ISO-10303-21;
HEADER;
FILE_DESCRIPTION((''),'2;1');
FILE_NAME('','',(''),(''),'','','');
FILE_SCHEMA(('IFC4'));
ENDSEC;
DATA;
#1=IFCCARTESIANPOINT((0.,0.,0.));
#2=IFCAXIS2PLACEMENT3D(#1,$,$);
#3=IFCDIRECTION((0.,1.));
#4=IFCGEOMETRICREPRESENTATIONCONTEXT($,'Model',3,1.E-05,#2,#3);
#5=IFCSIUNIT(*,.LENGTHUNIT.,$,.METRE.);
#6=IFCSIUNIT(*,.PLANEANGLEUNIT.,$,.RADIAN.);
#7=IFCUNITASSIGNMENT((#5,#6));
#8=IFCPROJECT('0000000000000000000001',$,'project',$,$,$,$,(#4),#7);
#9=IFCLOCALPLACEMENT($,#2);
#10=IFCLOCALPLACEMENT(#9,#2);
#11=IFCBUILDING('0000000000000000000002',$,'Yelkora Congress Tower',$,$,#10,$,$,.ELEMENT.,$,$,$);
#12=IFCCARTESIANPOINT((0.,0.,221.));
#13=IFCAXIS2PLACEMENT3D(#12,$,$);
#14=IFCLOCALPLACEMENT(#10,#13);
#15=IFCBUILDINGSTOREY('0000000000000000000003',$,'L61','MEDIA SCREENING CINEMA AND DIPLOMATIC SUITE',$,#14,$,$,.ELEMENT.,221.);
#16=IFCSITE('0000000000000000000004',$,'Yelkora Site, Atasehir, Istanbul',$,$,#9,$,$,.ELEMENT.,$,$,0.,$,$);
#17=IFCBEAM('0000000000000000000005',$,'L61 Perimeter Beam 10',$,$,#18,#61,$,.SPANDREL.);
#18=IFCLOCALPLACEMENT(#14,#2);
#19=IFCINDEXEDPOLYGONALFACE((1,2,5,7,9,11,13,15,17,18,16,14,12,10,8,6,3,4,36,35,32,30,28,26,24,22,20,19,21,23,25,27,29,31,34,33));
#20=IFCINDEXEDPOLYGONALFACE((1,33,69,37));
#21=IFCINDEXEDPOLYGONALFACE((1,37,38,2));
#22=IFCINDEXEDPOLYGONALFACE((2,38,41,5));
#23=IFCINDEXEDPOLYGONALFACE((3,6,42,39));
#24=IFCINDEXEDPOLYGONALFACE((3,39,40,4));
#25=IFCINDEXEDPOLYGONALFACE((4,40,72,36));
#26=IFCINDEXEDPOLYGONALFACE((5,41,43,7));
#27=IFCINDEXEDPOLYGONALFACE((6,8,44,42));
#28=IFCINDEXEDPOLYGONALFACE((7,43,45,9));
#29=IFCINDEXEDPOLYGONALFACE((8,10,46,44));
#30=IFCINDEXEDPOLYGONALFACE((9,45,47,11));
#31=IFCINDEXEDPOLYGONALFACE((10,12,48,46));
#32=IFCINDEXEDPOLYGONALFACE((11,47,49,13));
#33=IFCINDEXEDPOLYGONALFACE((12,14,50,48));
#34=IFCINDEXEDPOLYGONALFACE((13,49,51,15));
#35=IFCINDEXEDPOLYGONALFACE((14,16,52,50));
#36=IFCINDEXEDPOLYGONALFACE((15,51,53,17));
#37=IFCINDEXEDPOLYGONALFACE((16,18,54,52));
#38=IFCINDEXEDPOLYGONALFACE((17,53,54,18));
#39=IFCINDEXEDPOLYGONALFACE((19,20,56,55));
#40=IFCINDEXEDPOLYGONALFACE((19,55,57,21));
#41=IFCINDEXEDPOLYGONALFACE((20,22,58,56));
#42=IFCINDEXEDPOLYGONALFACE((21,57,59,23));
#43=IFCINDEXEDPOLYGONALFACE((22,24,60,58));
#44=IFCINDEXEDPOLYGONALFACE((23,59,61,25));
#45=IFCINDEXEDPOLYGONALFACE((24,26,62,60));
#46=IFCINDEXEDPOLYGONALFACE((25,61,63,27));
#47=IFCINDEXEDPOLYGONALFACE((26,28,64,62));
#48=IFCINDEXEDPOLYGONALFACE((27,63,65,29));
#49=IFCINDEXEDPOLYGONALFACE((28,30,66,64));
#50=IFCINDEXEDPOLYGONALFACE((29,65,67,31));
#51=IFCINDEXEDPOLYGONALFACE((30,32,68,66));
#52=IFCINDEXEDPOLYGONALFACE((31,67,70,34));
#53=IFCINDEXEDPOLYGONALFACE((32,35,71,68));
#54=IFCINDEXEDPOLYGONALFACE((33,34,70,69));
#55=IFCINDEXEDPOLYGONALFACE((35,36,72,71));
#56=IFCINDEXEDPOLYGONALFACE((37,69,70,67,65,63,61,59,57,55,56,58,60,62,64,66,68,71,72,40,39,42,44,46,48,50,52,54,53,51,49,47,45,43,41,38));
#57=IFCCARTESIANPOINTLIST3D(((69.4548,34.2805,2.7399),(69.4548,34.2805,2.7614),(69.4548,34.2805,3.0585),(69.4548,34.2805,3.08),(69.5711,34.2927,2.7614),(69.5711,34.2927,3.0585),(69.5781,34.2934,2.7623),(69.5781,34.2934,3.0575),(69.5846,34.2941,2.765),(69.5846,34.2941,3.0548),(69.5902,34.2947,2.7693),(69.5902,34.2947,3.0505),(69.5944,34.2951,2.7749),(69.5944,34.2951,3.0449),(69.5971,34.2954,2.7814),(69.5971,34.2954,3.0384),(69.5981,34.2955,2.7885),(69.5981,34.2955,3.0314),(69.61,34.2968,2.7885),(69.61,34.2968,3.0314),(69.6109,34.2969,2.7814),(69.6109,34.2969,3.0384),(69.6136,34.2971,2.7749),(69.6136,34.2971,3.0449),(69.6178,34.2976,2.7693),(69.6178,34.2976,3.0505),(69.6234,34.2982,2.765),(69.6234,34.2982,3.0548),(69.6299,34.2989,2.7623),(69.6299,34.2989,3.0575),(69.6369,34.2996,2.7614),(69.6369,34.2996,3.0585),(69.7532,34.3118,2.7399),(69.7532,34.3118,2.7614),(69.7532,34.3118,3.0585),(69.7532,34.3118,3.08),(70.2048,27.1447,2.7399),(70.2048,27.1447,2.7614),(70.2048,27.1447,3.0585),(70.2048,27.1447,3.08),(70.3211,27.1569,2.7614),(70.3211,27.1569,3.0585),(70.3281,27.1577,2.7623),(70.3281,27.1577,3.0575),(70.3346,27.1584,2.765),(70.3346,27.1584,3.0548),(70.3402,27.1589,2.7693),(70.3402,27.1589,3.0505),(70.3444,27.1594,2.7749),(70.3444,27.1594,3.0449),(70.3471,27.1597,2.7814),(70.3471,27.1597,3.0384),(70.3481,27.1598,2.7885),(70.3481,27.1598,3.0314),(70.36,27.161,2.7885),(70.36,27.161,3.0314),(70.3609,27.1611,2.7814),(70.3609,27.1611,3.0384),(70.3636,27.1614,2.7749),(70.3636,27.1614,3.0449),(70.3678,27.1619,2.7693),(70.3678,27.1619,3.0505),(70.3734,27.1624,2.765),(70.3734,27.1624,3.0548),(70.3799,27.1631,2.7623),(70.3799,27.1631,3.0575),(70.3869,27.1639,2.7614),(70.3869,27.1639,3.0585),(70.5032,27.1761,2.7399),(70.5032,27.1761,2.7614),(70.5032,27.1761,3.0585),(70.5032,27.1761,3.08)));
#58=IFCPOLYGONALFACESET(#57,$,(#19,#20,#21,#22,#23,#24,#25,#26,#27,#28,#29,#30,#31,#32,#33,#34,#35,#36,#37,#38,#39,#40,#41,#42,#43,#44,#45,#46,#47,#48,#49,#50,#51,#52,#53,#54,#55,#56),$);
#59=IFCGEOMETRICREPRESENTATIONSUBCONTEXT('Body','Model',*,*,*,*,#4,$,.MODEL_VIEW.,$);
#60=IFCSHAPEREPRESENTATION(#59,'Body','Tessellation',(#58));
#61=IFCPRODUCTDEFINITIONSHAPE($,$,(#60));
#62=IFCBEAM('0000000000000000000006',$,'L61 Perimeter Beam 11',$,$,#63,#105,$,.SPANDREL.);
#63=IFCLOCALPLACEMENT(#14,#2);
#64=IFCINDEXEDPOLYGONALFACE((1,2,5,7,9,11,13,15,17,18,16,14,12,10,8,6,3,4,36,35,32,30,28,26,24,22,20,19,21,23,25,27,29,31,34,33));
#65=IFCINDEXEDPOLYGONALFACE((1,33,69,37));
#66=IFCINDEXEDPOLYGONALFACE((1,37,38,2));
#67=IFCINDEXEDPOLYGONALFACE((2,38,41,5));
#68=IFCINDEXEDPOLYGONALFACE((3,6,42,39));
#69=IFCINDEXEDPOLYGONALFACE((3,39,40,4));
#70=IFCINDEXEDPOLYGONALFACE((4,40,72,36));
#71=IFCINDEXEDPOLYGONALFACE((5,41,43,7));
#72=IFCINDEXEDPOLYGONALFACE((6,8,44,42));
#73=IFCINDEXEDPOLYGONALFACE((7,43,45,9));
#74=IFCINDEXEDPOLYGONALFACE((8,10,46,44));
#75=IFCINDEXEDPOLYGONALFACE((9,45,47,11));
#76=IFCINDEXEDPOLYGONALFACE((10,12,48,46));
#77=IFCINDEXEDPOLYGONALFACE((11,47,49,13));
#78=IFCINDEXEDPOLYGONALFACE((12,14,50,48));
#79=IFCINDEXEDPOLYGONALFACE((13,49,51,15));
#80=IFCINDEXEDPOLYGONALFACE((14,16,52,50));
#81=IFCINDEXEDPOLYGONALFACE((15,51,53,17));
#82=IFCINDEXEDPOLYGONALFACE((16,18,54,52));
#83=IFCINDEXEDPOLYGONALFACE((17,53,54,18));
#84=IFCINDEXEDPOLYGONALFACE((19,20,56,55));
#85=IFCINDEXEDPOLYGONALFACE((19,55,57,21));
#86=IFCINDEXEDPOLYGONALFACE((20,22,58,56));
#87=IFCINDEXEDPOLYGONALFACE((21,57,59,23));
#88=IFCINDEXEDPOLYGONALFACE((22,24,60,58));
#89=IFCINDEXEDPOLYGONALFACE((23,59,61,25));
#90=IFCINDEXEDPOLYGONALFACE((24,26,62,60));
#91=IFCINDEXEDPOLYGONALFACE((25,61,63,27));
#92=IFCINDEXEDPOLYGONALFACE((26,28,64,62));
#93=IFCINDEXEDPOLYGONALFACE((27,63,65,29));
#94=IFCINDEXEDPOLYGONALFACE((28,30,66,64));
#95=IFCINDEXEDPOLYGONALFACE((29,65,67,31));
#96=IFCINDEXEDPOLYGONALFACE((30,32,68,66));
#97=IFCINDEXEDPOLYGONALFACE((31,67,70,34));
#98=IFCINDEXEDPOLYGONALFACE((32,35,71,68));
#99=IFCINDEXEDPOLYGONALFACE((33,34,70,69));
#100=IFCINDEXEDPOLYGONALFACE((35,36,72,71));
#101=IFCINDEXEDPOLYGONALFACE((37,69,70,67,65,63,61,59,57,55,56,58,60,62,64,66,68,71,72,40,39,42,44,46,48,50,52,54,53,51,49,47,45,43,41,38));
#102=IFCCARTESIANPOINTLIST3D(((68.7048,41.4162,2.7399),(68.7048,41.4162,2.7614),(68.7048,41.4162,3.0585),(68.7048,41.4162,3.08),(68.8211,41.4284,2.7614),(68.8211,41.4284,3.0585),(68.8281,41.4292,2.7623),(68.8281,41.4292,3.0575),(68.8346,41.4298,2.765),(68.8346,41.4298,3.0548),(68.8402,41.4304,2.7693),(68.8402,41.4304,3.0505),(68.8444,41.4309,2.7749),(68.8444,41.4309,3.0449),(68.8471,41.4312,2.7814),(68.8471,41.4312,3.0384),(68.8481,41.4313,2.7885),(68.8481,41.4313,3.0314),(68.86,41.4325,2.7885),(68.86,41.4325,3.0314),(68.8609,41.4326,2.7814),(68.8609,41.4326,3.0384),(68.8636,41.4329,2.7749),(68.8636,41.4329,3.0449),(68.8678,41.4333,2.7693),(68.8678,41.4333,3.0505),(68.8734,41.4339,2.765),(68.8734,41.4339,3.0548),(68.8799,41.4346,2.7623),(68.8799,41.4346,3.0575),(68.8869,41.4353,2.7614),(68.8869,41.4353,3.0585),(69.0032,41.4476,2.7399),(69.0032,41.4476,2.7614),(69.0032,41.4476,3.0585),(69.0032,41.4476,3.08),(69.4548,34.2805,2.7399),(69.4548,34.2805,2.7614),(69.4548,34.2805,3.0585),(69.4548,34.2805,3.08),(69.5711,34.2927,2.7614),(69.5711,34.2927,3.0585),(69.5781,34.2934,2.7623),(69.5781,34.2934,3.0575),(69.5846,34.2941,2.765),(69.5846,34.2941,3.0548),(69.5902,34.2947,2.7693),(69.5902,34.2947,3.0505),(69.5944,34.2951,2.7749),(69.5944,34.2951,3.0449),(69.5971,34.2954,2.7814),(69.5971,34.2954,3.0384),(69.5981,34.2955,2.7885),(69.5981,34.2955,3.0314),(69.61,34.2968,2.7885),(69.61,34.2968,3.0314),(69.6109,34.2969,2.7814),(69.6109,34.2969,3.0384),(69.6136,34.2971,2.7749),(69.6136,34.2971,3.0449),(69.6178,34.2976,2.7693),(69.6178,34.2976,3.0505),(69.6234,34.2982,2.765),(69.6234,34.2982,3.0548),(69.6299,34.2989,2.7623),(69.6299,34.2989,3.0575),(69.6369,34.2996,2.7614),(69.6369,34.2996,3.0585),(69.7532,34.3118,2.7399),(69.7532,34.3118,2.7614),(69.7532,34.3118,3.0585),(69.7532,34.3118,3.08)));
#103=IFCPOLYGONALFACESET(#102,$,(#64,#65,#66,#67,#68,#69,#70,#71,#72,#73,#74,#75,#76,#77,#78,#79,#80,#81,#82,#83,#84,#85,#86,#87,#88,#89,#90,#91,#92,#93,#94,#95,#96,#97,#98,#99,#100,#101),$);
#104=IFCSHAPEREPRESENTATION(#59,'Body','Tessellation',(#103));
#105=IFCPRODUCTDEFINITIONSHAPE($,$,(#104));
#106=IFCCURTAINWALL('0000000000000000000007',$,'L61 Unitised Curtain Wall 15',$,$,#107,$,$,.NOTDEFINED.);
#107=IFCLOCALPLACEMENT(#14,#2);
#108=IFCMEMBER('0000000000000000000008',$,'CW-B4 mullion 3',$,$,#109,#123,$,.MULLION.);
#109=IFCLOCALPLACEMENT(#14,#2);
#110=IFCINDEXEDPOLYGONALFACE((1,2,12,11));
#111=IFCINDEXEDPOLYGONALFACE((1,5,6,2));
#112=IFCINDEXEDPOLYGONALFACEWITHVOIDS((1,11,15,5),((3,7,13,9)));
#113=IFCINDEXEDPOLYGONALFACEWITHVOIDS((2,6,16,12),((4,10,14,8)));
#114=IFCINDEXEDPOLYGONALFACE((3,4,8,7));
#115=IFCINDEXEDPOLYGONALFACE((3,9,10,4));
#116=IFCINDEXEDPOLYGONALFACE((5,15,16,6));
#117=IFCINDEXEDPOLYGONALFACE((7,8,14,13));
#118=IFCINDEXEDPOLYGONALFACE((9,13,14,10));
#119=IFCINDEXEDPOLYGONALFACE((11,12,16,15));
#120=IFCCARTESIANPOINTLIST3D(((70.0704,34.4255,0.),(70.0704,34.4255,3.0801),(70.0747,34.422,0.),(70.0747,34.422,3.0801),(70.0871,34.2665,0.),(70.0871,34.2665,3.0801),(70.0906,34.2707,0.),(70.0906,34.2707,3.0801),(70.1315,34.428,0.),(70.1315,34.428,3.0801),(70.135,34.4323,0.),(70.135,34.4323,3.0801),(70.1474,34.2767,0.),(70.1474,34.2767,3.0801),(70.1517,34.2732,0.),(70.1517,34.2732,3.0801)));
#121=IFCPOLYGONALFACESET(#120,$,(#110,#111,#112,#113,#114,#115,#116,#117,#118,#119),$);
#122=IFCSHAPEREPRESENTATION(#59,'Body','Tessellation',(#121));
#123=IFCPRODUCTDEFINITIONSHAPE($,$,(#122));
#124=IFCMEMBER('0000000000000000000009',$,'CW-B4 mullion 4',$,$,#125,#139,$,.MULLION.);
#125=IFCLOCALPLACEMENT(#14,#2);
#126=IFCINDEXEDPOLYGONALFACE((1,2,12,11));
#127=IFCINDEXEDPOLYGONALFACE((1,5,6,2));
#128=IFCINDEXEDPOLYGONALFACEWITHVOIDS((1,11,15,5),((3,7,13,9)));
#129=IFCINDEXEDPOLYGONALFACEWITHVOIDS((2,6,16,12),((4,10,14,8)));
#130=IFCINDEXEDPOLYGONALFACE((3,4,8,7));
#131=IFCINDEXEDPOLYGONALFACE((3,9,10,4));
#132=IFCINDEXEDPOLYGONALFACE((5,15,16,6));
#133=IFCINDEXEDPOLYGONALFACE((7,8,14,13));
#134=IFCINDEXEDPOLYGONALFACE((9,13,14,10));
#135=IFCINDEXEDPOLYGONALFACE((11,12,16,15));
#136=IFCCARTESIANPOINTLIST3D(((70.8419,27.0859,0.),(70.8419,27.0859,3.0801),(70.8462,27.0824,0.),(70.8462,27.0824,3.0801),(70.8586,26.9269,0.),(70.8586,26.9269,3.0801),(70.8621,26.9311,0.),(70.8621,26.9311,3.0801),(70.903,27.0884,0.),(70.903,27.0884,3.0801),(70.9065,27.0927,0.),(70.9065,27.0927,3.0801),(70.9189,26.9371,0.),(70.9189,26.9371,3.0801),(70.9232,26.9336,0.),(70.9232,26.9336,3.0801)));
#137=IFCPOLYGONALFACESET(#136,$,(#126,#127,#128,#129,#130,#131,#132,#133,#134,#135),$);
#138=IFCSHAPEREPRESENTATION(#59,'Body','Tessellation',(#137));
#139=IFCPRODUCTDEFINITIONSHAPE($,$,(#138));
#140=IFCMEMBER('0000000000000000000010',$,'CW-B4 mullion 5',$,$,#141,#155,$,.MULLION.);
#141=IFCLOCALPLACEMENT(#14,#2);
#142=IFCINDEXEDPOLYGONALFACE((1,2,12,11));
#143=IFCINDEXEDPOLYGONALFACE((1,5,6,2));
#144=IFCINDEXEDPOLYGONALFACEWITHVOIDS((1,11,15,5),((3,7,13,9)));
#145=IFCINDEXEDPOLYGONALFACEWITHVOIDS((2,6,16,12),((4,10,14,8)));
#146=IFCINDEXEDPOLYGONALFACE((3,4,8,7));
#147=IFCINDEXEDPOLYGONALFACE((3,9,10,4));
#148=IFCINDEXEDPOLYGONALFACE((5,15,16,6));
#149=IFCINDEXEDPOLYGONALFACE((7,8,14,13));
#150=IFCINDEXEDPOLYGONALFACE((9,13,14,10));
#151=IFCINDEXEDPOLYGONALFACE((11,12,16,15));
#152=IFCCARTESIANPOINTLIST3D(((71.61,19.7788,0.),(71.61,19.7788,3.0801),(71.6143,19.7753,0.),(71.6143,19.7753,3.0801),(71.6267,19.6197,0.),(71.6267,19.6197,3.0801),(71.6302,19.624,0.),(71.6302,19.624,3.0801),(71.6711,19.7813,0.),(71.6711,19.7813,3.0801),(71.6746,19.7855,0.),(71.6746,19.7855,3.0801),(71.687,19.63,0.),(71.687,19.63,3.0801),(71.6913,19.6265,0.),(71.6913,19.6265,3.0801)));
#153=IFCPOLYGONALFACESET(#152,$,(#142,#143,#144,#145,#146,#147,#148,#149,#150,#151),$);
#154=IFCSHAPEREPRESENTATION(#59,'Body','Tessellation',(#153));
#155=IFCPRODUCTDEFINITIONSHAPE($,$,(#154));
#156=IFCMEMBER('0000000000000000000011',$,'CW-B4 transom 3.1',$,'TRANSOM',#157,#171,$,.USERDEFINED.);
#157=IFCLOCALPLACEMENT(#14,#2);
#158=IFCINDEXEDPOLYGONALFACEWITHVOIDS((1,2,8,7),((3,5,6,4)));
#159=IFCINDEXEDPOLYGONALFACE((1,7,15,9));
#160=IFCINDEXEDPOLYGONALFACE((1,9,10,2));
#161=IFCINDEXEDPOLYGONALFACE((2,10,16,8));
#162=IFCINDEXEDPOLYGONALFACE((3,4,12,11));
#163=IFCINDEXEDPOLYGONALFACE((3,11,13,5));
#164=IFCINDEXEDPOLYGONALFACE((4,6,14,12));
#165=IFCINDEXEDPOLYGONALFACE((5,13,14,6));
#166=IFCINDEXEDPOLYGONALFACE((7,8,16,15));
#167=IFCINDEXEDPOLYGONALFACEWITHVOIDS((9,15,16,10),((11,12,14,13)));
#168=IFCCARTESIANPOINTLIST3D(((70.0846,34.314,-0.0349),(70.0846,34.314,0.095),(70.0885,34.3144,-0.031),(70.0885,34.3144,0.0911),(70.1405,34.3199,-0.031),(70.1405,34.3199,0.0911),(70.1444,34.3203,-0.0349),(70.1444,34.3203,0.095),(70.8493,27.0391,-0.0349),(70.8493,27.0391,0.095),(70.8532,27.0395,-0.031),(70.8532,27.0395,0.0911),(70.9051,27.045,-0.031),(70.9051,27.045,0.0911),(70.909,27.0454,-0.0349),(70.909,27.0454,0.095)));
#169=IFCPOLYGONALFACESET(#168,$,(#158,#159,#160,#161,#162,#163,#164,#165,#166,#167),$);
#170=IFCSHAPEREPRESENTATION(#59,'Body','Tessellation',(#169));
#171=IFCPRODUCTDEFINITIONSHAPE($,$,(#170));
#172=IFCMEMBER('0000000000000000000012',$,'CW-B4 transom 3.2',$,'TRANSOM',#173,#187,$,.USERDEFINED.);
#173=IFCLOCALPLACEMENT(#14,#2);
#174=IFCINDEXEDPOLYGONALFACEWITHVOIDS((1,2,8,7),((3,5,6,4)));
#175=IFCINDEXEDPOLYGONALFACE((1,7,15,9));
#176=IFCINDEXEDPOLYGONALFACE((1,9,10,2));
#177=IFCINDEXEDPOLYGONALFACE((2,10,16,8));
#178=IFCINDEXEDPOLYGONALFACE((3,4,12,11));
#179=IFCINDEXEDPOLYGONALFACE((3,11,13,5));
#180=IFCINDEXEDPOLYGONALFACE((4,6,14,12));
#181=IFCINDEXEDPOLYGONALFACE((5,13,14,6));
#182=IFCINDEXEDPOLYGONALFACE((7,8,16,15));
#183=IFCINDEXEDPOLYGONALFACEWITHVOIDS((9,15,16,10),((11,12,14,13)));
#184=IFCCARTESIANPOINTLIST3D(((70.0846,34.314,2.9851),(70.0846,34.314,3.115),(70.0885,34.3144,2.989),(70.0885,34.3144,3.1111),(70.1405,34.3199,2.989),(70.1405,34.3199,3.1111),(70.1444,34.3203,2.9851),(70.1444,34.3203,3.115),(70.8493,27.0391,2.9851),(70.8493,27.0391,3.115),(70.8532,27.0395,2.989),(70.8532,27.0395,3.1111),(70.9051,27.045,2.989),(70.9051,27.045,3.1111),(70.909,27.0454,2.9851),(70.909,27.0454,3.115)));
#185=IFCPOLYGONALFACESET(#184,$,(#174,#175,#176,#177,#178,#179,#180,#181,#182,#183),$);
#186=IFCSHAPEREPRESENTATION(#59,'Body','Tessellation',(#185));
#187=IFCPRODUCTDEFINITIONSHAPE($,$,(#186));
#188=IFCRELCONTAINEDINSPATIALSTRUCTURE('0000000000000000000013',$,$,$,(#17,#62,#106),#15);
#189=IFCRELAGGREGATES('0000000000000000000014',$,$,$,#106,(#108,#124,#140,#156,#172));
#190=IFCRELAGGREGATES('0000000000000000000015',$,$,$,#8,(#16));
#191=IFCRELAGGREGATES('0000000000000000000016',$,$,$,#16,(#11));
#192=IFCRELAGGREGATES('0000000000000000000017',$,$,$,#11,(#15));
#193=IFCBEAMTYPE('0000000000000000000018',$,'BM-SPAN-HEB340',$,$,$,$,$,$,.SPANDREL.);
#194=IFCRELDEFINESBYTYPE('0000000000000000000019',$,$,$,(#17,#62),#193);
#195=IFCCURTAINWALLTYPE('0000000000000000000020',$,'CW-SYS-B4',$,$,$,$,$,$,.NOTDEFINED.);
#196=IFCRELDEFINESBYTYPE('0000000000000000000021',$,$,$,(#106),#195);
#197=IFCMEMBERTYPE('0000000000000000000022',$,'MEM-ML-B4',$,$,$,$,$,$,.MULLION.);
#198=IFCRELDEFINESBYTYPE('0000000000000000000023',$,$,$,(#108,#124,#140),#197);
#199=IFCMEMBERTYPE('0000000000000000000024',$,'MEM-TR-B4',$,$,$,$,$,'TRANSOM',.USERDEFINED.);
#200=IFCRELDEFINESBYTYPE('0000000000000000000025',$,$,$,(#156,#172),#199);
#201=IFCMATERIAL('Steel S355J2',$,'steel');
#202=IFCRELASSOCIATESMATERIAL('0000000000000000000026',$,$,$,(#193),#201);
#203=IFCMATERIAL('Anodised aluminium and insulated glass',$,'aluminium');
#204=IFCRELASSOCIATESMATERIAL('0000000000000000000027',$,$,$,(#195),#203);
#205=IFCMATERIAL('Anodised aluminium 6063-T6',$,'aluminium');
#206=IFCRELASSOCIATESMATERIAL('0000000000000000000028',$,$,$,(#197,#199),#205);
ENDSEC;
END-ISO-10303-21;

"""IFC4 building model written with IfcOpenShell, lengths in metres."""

from ifc_helpers import new_model, si_unit, direction, frame, origin, origin_2d, place, context, subcontext, project, spatial, hollow_rectangle, i_section, extrude, material, material_profile, profile_set, type_object, element, aggregate, save


model = new_model("IFC4")

# Units and contexts
model_context = context("Model", 3, precision=1e-05, world=origin(), true_north=direction((0.0, 1.0)))
body_context = subcontext(model_context, "Body", "Model", "MODEL_VIEW")
ifc_project = project(units=[si_unit("LENGTHUNIT", "METRE"), si_unit("PLANEANGLEUNIT", "RADIAN")], contexts=[model_context])

# Site, building, storey
site_placement = place(None, origin())
site = spatial("IfcSite", under=ifc_project, at=site_placement, Name="Yelkora Site, Atasehir, Istanbul", CompositionType="ELEMENT", RefElevation=0.0)
building_placement = place(site_placement, origin())
building = spatial("IfcBuilding", under=site, at=building_placement, Name="Yelkora Congress Tower", CompositionType="ELEMENT")
storey_placement = place(building_placement, frame((0.0, 0.0, 221.0)))
storey = spatial("IfcBuildingStorey", under=building, at=storey_placement, Name="L61", Description="MEDIA SCREENING CINEMA AND DIPLOMATIC SUITE", CompositionType="ELEMENT", Elevation=221.0)

# Shared definitions
ifc_material_1 = material(Name="Steel S355J2", Category="steel")

# Beams
ifc_material_profile_1 = material_profile(ifc_material_1, i_section(OverallWidth=0.3, OverallDepth=0.3401, WebThickness=0.012, FlangeThickness=0.0215, FilletRadius=0.0271, at=origin_2d()), Name="HEB 340")
ifc_profile_set_1 = profile_set([ifc_material_profile_1], Name="Steel S355J2")
beam_type_1 = type_object("IfcBeamType", Name="BM-SPAN-HEB340", PredefinedType="SPANDREL", material=ifc_profile_set_1)
for number, where, z_axis, x_axis, name in (
    (1, (70.354, 27.1604, 2.9099), (-0.104529, 0.994522, 0.0), (-0.994522, -0.104529, 0.0), "L61 Perimeter Beam 10"),
    (2, (69.604, 34.2961, 2.9099), (-0.104529, 0.994522, 0.0), (-0.994522, -0.104529, 0.0), "L61 Perimeter Beam 11"),
):
    element("IfcBeam", number, at=place(storey_placement, frame(where, z_axis=z_axis, x_axis=x_axis)), inside=storey, type_object=beam_type_1, Name=name, PredefinedType="SPANDREL", context=body_context, shape_type="SweptSolid", body=[
        extrude(i_section(OverallWidth=0.3, OverallDepth=0.3401, WebThickness=0.012, FlangeThickness=0.0215, FilletRadius=0.0271, at=origin_2d()), origin(), (0.0, 0.0, 1.0), 7.175),
    ])

# Curtain wall, members
ifc_material_2 = material(Name="Anodised aluminium and insulated glass", Category="aluminium")
curtain_wall_type = type_object("IfcCurtainWallType", Name="CW-SYS-B4", PredefinedType="NOTDEFINED", material=ifc_material_2)
curtain_wall_placement = place(storey_placement, origin())
curtain_wall = element("IfcCurtainWall", 3, at=curtain_wall_placement, inside=storey, type_object=curtain_wall_type, Name="L61 Unitised Curtain Wall 15", PredefinedType="NOTDEFINED")
ifc_material_3 = material(Name="Anodised aluminium 6063-T6", Category="aluminium")
ifc_material_profile_2 = material_profile(ifc_material_3, hollow_rectangle(XDim=0.0649, YDim=0.1599, WallThickness=0.0039, at=origin_2d()), Name="ALU 65x160x4")
ifc_profile_set_2 = profile_set([ifc_material_profile_2], Name="Anodised aluminium 6063-T6")
member_type_1 = type_object("IfcMemberType", Name="MEM-ML-B4", PredefinedType="MULLION", material=ifc_profile_set_2)
member_1_placement = place(storey_placement, frame((70.1111, 34.3494, 0.0), z_axis=(0.0, 0.0, 1.0), x_axis=(0.994522, 0.104526, 0.0)))
member_1 = element("IfcMember", 4, at=member_1_placement, type_object=member_type_1, Name="CW-B4 mullion 3", PredefinedType="MULLION", context=body_context, shape_type="SweptSolid", body=[
    extrude(hollow_rectangle(XDim=0.0649, YDim=0.1599, WallThickness=0.0039, at=origin_2d()), origin(), (0.0, 0.0, 1.0), 3.0801),
])
member_2_placement = place(storey_placement, frame((70.8826, 27.0098, 0.0), z_axis=(0.0, 0.0, 1.0), x_axis=(0.994522, 0.104526, 0.0)))
member_2 = element("IfcMember", 5, at=member_2_placement, type_object=member_type_1, Name="CW-B4 mullion 4", PredefinedType="MULLION", context=body_context, shape_type="SweptSolid", body=[
    extrude(hollow_rectangle(XDim=0.0649, YDim=0.1599, WallThickness=0.0039, at=origin_2d()), origin(), (0.0, 0.0, 1.0), 3.0801),
])
member_3_placement = place(storey_placement, frame((71.6506, 19.7026, 0.0), z_axis=(0.0, 0.0, 1.0), x_axis=(0.994522, 0.104526, 0.0)))
member_3 = element("IfcMember", 6, at=member_3_placement, type_object=member_type_1, Name="CW-B4 mullion 5", PredefinedType="MULLION", context=body_context, shape_type="SweptSolid", body=[
    extrude(hollow_rectangle(XDim=0.0649, YDim=0.1599, WallThickness=0.0039, at=origin_2d()), origin(), (0.0, 0.0, 1.0), 3.0801),
])
ifc_material_profile_3 = material_profile(ifc_material_3, hollow_rectangle(XDim=0.0601, YDim=0.1299, WallThickness=0.0039, at=origin_2d()), Name="ALU 60x130x4")
ifc_profile_set_3 = profile_set([ifc_material_profile_3], Name="Anodised aluminium 6063-T6")
member_type_2 = type_object("IfcMemberType", Name="MEM-TR-B4", ElementType="TRANSOM", PredefinedType="USERDEFINED", material=ifc_profile_set_3)
member_4_placement = place(storey_placement, frame((70.1145, 34.3171, 0.03), z_axis=(0.104532, -0.994522, 0.0), x_axis=(0.994522, 0.104532, 0.0)))
member_4 = element("IfcMember", 7, at=member_4_placement, type_object=member_type_2, Name="CW-B4 transom 3.1", ObjectType="TRANSOM", PredefinedType="USERDEFINED", context=body_context, shape_type="SweptSolid", body=[
    extrude(hollow_rectangle(XDim=0.0601, YDim=0.1299, WallThickness=0.0039, at=origin_2d()), origin(), (0.0, 0.0, 1.0), 7.3149),
])
member_5_placement = place(storey_placement, frame((70.1145, 34.3171, 3.05), z_axis=(0.104532, -0.994522, 0.0), x_axis=(0.994522, 0.104532, 0.0)))
member_5 = element("IfcMember", 8, at=member_5_placement, type_object=member_type_2, Name="CW-B4 transom 3.2", ObjectType="TRANSOM", PredefinedType="USERDEFINED", context=body_context, shape_type="SweptSolid", body=[
    extrude(hollow_rectangle(XDim=0.0601, YDim=0.1299, WallThickness=0.0039, at=origin_2d()), origin(), (0.0, 0.0, 1.0), 7.3149),
])
aggregate(curtain_wall, [member_1, member_2, member_3, member_4, member_5])

save(model, "model.ifc")
